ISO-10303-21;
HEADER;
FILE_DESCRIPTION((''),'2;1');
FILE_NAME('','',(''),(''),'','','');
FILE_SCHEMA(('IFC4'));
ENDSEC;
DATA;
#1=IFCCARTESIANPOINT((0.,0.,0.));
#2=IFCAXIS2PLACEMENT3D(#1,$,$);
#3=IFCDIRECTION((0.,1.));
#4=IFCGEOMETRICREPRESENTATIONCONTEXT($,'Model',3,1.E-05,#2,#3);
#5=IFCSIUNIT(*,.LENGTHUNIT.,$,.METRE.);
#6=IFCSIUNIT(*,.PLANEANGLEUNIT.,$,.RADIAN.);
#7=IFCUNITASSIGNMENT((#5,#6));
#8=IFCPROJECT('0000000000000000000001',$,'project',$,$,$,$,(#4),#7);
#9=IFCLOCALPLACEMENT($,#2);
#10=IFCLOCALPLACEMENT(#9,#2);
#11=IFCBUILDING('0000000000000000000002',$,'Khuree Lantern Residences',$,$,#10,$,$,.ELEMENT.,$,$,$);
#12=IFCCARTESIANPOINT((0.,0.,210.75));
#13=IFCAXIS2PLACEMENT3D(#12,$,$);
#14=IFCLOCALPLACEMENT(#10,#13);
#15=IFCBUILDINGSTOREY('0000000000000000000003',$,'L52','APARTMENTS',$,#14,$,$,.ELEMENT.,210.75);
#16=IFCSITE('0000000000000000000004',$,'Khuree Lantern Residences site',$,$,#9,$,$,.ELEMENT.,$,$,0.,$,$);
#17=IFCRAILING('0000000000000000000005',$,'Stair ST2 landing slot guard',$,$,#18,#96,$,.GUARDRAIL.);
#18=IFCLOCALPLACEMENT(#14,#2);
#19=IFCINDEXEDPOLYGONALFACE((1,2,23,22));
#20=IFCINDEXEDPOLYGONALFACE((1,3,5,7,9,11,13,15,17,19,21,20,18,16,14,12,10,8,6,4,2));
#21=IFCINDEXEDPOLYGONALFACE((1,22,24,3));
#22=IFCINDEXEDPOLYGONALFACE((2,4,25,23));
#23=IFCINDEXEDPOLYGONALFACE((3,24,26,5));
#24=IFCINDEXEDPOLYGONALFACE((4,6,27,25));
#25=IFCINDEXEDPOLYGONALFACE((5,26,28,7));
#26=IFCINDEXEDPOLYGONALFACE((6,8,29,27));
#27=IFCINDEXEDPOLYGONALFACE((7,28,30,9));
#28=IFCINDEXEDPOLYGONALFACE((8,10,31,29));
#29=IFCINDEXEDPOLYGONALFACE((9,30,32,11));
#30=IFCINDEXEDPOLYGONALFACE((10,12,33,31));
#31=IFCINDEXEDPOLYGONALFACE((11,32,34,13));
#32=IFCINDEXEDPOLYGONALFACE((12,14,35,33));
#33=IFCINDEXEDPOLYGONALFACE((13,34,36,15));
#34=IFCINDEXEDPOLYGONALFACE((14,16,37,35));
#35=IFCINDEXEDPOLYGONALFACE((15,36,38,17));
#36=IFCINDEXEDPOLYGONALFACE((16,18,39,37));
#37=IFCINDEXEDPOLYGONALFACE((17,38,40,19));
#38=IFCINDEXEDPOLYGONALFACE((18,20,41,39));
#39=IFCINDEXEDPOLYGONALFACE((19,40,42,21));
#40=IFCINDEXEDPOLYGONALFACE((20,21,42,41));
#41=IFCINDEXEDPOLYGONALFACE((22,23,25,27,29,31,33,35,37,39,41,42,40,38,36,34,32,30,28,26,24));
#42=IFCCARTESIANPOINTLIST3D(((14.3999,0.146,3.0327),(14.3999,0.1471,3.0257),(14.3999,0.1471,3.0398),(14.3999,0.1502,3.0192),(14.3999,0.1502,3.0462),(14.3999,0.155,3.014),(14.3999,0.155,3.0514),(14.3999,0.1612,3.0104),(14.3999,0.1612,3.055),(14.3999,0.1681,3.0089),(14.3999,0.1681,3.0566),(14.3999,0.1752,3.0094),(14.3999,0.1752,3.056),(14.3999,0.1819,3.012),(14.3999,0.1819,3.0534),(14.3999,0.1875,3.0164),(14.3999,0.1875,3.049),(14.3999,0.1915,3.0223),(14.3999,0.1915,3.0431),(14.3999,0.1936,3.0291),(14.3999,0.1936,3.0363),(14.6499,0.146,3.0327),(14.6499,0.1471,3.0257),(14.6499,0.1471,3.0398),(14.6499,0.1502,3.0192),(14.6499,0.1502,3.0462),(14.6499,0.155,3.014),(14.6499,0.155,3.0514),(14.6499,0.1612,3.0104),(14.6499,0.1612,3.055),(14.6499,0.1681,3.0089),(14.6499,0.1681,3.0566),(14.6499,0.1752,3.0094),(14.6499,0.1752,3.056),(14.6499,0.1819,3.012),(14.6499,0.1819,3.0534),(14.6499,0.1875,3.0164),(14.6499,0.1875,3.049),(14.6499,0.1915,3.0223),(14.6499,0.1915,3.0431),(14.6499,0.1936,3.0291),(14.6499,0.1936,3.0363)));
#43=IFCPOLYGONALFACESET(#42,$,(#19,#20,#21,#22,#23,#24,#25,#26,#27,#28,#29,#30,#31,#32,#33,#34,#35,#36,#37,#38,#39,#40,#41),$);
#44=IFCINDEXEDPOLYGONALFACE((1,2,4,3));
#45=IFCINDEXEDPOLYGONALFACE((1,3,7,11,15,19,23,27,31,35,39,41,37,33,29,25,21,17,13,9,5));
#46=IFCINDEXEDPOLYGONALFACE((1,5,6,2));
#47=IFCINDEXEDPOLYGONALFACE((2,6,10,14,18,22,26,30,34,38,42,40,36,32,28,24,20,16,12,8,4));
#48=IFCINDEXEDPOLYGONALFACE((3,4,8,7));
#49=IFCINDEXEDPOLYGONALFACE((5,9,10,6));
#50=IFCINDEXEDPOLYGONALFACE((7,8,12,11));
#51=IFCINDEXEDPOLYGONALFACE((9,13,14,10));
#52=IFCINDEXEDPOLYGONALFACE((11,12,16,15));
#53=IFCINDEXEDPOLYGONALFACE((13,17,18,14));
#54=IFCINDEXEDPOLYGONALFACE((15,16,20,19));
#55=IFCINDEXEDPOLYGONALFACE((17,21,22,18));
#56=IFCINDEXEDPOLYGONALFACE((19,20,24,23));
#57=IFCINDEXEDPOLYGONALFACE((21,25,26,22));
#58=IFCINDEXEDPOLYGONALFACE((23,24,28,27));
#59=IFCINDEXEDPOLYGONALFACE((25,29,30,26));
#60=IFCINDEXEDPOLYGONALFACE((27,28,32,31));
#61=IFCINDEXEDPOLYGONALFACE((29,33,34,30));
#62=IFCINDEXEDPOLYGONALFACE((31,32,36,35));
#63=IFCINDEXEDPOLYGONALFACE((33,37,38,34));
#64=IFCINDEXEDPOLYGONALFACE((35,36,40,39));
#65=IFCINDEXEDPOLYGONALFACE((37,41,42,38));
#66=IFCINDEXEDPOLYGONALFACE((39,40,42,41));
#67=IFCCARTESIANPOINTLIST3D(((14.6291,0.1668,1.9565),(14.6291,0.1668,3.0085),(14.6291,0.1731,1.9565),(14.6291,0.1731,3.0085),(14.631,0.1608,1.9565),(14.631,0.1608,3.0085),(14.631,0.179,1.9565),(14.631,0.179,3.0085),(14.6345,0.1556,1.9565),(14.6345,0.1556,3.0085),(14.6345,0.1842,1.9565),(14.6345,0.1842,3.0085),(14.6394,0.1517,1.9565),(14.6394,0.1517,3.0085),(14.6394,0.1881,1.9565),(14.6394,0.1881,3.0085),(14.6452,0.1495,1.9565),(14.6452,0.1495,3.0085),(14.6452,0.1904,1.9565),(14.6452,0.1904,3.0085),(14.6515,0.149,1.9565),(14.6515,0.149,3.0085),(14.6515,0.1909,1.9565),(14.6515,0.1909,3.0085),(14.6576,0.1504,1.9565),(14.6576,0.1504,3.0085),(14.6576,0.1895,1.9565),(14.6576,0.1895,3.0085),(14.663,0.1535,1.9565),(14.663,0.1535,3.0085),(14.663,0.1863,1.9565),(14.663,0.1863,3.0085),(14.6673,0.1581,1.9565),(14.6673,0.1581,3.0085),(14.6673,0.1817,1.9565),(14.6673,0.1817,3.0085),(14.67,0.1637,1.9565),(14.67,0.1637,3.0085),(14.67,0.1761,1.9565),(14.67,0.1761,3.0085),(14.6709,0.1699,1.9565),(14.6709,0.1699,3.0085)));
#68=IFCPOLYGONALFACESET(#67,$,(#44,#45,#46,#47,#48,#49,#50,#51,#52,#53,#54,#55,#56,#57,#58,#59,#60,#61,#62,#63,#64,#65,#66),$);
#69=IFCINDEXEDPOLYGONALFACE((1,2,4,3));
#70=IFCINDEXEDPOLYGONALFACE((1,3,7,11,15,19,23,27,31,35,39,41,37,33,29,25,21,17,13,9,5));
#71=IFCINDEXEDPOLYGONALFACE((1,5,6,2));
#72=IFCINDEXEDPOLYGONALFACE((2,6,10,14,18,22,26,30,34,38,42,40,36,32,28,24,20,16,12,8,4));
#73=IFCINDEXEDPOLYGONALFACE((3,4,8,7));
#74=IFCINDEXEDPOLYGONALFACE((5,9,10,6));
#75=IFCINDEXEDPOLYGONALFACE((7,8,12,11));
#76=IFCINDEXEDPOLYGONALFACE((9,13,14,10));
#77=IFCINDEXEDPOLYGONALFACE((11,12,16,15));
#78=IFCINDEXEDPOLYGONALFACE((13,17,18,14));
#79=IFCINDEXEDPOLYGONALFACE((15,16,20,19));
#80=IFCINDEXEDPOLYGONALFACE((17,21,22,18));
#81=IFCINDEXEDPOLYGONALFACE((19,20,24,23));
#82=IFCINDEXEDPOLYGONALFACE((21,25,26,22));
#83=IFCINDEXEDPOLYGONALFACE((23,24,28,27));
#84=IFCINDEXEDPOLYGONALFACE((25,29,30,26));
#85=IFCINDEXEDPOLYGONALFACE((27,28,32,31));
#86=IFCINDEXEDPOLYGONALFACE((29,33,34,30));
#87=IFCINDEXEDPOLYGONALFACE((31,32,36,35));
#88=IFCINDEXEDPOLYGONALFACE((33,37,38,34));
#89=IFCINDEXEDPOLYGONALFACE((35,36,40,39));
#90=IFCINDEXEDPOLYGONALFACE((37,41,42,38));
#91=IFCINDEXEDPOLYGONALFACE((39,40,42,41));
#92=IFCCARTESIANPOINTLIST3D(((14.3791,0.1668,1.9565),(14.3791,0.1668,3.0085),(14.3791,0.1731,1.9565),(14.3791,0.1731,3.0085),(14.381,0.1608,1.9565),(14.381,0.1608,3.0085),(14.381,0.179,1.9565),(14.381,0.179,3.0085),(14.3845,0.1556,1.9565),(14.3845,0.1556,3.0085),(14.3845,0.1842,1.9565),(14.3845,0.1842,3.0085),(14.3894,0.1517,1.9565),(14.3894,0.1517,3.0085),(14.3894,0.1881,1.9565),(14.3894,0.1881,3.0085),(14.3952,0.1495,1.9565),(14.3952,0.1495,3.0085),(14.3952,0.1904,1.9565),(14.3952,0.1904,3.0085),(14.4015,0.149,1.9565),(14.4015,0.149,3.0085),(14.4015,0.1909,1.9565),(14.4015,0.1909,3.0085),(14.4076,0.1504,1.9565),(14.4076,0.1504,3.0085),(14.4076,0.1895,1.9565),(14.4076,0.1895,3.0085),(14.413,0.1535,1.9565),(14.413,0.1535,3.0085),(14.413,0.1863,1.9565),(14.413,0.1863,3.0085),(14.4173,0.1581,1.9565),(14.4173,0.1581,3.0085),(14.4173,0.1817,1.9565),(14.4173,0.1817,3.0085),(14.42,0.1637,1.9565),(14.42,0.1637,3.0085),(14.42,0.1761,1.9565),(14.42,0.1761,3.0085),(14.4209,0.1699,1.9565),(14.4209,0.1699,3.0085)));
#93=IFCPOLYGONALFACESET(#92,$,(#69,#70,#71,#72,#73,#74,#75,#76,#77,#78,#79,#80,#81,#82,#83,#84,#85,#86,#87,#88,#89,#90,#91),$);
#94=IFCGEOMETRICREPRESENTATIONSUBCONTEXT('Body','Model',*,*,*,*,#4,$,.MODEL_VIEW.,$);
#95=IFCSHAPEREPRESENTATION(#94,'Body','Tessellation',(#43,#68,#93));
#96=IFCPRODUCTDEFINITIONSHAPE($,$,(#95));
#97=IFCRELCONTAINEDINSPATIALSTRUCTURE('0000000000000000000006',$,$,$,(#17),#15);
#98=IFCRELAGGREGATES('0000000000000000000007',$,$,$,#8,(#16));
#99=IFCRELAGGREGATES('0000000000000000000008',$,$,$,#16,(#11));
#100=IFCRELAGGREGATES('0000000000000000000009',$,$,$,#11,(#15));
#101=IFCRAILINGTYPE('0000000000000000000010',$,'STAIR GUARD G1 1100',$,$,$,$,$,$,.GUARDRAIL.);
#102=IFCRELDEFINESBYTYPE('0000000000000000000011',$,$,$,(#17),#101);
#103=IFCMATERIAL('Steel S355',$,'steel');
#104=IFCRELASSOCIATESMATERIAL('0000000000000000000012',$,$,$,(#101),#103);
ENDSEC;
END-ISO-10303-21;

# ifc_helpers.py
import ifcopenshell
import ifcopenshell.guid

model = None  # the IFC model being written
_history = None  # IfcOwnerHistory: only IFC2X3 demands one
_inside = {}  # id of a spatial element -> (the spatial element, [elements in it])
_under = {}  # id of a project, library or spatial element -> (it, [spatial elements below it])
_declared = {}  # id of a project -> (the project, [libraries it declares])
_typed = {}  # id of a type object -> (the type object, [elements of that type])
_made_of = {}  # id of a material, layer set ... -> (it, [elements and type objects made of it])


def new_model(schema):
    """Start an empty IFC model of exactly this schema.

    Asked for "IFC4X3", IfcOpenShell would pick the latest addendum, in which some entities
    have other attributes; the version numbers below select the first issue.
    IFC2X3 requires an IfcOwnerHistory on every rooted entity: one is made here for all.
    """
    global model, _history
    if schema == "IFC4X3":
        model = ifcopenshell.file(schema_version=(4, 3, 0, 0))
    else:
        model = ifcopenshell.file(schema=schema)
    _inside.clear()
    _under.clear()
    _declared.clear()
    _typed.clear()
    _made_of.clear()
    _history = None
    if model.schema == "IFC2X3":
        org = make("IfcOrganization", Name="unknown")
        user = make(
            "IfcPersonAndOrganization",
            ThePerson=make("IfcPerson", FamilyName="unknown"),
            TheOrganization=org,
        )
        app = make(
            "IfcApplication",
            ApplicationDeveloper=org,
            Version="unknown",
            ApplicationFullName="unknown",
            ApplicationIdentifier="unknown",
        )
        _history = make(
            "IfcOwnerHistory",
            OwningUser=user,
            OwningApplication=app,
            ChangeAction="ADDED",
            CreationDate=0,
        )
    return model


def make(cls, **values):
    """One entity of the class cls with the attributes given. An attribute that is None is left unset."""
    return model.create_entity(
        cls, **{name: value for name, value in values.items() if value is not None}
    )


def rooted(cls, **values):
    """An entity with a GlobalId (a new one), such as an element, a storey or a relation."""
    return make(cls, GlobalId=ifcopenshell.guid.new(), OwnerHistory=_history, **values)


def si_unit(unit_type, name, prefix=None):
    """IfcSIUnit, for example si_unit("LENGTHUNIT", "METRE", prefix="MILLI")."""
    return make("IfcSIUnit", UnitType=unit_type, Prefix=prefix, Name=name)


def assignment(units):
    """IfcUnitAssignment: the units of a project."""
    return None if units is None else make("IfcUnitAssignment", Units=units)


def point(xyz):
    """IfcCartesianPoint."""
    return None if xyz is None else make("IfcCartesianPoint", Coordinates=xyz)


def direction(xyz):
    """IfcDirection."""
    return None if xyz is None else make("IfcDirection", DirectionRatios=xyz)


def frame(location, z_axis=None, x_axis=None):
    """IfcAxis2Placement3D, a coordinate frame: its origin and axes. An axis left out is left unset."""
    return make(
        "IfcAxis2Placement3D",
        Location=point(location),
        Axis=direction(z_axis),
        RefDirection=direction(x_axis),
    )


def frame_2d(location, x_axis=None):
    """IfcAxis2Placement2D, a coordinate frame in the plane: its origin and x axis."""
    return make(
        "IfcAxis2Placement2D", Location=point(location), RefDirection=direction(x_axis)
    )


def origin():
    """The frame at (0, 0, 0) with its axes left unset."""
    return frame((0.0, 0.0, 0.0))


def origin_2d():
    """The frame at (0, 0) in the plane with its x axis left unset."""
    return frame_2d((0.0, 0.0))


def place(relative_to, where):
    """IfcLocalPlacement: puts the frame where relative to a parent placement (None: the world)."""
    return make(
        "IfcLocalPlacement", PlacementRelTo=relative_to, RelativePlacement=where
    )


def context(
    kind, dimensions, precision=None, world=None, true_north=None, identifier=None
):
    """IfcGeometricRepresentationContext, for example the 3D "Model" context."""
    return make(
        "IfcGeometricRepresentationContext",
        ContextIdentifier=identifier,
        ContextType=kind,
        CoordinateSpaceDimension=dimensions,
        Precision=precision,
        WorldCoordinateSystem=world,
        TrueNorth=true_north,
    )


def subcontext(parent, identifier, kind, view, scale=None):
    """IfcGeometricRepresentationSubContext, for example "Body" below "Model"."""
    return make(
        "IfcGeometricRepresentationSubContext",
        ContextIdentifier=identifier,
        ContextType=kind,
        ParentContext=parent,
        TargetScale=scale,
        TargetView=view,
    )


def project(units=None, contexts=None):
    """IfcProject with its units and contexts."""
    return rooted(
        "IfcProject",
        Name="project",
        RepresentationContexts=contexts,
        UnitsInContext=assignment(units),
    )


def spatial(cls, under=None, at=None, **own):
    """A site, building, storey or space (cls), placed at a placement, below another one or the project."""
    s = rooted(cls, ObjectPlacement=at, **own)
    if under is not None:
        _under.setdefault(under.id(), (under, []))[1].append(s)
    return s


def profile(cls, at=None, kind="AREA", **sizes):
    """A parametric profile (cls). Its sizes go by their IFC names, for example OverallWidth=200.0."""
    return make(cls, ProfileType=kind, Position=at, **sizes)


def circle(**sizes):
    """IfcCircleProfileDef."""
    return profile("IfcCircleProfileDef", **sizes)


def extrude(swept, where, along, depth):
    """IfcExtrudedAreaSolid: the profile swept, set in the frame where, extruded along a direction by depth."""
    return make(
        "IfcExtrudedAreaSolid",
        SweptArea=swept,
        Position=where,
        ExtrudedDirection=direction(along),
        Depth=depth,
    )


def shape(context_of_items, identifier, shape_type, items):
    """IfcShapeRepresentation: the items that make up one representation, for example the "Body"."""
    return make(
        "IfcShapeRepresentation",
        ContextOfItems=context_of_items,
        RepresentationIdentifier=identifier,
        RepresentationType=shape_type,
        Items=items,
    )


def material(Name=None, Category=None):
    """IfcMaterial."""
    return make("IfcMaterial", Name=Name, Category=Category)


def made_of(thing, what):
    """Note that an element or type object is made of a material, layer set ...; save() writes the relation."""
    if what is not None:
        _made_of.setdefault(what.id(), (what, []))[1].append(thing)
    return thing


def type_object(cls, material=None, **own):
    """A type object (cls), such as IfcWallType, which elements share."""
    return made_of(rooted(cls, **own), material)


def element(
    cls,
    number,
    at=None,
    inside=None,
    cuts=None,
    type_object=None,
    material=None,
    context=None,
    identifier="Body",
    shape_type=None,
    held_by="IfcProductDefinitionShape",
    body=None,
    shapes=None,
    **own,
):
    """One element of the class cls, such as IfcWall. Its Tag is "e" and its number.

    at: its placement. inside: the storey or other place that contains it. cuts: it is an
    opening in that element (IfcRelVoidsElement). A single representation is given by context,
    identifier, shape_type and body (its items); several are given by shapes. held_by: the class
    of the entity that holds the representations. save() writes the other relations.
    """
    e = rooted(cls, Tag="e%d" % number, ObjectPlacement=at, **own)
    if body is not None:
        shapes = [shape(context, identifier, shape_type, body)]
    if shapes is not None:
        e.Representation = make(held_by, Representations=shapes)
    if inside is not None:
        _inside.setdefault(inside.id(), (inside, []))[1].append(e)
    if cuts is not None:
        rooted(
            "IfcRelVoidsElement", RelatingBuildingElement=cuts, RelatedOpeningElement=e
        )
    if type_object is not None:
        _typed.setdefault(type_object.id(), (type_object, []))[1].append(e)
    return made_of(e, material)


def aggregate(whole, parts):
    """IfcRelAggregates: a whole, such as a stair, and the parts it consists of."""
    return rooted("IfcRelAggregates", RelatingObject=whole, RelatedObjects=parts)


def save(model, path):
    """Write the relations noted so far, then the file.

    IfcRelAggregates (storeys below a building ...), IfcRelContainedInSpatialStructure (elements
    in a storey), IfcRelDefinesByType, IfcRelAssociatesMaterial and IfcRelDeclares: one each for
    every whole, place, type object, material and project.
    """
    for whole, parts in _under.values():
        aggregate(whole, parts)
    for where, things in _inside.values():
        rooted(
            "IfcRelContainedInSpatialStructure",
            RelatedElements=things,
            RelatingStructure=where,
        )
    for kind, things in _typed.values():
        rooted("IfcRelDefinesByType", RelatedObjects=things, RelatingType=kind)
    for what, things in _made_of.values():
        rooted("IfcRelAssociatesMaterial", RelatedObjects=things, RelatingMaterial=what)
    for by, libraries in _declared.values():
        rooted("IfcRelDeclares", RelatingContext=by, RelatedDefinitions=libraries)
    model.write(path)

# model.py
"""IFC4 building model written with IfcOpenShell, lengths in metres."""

from ifc_helpers import new_model, si_unit, direction, frame, origin, origin_2d, place, context, subcontext, project, spatial, circle, extrude, material, type_object, element, save


model = new_model("IFC4")

# Units and contexts
model_context = context("Model", 3, precision=1e-05, world=origin(), true_north=direction((0.0, 1.0)))
body_context = subcontext(model_context, "Body", "Model", "MODEL_VIEW")
ifc_project = project(units=[si_unit("LENGTHUNIT", "METRE"), si_unit("PLANEANGLEUNIT", "RADIAN")], contexts=[model_context])

# Site, building, storey
site_placement = place(None, origin())
site = spatial("IfcSite", under=ifc_project, at=site_placement, Name="Khuree Lantern Residences site", CompositionType="ELEMENT", RefElevation=0.0)
building_placement = place(site_placement, origin())
building = spatial("IfcBuilding", under=site, at=building_placement, Name="Khuree Lantern Residences", CompositionType="ELEMENT")
storey_placement = place(building_placement, frame((0.0, 0.0, 210.75)))
storey = spatial("IfcBuildingStorey", under=building, at=storey_placement, Name="L52", Description="APARTMENTS", CompositionType="ELEMENT", Elevation=210.75)

# Railing
ifc_material_1 = material(Name="Steel S355", Category="steel")
railing_type = type_object("IfcRailingType", Name="STAIR GUARD G1 1100", PredefinedType="GUARDRAIL", material=ifc_material_1)
railing_placement = place(storey_placement, frame((14.6499, 0.1699, 1.9565)))
element("IfcRailing", 1, at=railing_placement, inside=storey, type_object=railing_type, Name="Stair ST2 landing slot guard", PredefinedType="GUARDRAIL", context=body_context, shape_type="SweptSolid", body=[
    extrude(circle(Radius=0.0239, at=origin_2d()), frame((0.0, 0.0, 1.0762), z_axis=(-1.0, 0.0, 0.0), x_axis=(0.0, -1.0, 0.0)), (0.0, 0.0, 1.0), 0.25),
    extrude(circle(Radius=0.021, at=origin_2d()), origin(), (0.0, 0.0, 1.0), 1.052),
    extrude(circle(Radius=0.021, at=origin_2d()), frame((-0.25, 0.0, 0.0)), (0.0, 0.0, 1.0), 1.052),
])

save(model, "model.ifc")
